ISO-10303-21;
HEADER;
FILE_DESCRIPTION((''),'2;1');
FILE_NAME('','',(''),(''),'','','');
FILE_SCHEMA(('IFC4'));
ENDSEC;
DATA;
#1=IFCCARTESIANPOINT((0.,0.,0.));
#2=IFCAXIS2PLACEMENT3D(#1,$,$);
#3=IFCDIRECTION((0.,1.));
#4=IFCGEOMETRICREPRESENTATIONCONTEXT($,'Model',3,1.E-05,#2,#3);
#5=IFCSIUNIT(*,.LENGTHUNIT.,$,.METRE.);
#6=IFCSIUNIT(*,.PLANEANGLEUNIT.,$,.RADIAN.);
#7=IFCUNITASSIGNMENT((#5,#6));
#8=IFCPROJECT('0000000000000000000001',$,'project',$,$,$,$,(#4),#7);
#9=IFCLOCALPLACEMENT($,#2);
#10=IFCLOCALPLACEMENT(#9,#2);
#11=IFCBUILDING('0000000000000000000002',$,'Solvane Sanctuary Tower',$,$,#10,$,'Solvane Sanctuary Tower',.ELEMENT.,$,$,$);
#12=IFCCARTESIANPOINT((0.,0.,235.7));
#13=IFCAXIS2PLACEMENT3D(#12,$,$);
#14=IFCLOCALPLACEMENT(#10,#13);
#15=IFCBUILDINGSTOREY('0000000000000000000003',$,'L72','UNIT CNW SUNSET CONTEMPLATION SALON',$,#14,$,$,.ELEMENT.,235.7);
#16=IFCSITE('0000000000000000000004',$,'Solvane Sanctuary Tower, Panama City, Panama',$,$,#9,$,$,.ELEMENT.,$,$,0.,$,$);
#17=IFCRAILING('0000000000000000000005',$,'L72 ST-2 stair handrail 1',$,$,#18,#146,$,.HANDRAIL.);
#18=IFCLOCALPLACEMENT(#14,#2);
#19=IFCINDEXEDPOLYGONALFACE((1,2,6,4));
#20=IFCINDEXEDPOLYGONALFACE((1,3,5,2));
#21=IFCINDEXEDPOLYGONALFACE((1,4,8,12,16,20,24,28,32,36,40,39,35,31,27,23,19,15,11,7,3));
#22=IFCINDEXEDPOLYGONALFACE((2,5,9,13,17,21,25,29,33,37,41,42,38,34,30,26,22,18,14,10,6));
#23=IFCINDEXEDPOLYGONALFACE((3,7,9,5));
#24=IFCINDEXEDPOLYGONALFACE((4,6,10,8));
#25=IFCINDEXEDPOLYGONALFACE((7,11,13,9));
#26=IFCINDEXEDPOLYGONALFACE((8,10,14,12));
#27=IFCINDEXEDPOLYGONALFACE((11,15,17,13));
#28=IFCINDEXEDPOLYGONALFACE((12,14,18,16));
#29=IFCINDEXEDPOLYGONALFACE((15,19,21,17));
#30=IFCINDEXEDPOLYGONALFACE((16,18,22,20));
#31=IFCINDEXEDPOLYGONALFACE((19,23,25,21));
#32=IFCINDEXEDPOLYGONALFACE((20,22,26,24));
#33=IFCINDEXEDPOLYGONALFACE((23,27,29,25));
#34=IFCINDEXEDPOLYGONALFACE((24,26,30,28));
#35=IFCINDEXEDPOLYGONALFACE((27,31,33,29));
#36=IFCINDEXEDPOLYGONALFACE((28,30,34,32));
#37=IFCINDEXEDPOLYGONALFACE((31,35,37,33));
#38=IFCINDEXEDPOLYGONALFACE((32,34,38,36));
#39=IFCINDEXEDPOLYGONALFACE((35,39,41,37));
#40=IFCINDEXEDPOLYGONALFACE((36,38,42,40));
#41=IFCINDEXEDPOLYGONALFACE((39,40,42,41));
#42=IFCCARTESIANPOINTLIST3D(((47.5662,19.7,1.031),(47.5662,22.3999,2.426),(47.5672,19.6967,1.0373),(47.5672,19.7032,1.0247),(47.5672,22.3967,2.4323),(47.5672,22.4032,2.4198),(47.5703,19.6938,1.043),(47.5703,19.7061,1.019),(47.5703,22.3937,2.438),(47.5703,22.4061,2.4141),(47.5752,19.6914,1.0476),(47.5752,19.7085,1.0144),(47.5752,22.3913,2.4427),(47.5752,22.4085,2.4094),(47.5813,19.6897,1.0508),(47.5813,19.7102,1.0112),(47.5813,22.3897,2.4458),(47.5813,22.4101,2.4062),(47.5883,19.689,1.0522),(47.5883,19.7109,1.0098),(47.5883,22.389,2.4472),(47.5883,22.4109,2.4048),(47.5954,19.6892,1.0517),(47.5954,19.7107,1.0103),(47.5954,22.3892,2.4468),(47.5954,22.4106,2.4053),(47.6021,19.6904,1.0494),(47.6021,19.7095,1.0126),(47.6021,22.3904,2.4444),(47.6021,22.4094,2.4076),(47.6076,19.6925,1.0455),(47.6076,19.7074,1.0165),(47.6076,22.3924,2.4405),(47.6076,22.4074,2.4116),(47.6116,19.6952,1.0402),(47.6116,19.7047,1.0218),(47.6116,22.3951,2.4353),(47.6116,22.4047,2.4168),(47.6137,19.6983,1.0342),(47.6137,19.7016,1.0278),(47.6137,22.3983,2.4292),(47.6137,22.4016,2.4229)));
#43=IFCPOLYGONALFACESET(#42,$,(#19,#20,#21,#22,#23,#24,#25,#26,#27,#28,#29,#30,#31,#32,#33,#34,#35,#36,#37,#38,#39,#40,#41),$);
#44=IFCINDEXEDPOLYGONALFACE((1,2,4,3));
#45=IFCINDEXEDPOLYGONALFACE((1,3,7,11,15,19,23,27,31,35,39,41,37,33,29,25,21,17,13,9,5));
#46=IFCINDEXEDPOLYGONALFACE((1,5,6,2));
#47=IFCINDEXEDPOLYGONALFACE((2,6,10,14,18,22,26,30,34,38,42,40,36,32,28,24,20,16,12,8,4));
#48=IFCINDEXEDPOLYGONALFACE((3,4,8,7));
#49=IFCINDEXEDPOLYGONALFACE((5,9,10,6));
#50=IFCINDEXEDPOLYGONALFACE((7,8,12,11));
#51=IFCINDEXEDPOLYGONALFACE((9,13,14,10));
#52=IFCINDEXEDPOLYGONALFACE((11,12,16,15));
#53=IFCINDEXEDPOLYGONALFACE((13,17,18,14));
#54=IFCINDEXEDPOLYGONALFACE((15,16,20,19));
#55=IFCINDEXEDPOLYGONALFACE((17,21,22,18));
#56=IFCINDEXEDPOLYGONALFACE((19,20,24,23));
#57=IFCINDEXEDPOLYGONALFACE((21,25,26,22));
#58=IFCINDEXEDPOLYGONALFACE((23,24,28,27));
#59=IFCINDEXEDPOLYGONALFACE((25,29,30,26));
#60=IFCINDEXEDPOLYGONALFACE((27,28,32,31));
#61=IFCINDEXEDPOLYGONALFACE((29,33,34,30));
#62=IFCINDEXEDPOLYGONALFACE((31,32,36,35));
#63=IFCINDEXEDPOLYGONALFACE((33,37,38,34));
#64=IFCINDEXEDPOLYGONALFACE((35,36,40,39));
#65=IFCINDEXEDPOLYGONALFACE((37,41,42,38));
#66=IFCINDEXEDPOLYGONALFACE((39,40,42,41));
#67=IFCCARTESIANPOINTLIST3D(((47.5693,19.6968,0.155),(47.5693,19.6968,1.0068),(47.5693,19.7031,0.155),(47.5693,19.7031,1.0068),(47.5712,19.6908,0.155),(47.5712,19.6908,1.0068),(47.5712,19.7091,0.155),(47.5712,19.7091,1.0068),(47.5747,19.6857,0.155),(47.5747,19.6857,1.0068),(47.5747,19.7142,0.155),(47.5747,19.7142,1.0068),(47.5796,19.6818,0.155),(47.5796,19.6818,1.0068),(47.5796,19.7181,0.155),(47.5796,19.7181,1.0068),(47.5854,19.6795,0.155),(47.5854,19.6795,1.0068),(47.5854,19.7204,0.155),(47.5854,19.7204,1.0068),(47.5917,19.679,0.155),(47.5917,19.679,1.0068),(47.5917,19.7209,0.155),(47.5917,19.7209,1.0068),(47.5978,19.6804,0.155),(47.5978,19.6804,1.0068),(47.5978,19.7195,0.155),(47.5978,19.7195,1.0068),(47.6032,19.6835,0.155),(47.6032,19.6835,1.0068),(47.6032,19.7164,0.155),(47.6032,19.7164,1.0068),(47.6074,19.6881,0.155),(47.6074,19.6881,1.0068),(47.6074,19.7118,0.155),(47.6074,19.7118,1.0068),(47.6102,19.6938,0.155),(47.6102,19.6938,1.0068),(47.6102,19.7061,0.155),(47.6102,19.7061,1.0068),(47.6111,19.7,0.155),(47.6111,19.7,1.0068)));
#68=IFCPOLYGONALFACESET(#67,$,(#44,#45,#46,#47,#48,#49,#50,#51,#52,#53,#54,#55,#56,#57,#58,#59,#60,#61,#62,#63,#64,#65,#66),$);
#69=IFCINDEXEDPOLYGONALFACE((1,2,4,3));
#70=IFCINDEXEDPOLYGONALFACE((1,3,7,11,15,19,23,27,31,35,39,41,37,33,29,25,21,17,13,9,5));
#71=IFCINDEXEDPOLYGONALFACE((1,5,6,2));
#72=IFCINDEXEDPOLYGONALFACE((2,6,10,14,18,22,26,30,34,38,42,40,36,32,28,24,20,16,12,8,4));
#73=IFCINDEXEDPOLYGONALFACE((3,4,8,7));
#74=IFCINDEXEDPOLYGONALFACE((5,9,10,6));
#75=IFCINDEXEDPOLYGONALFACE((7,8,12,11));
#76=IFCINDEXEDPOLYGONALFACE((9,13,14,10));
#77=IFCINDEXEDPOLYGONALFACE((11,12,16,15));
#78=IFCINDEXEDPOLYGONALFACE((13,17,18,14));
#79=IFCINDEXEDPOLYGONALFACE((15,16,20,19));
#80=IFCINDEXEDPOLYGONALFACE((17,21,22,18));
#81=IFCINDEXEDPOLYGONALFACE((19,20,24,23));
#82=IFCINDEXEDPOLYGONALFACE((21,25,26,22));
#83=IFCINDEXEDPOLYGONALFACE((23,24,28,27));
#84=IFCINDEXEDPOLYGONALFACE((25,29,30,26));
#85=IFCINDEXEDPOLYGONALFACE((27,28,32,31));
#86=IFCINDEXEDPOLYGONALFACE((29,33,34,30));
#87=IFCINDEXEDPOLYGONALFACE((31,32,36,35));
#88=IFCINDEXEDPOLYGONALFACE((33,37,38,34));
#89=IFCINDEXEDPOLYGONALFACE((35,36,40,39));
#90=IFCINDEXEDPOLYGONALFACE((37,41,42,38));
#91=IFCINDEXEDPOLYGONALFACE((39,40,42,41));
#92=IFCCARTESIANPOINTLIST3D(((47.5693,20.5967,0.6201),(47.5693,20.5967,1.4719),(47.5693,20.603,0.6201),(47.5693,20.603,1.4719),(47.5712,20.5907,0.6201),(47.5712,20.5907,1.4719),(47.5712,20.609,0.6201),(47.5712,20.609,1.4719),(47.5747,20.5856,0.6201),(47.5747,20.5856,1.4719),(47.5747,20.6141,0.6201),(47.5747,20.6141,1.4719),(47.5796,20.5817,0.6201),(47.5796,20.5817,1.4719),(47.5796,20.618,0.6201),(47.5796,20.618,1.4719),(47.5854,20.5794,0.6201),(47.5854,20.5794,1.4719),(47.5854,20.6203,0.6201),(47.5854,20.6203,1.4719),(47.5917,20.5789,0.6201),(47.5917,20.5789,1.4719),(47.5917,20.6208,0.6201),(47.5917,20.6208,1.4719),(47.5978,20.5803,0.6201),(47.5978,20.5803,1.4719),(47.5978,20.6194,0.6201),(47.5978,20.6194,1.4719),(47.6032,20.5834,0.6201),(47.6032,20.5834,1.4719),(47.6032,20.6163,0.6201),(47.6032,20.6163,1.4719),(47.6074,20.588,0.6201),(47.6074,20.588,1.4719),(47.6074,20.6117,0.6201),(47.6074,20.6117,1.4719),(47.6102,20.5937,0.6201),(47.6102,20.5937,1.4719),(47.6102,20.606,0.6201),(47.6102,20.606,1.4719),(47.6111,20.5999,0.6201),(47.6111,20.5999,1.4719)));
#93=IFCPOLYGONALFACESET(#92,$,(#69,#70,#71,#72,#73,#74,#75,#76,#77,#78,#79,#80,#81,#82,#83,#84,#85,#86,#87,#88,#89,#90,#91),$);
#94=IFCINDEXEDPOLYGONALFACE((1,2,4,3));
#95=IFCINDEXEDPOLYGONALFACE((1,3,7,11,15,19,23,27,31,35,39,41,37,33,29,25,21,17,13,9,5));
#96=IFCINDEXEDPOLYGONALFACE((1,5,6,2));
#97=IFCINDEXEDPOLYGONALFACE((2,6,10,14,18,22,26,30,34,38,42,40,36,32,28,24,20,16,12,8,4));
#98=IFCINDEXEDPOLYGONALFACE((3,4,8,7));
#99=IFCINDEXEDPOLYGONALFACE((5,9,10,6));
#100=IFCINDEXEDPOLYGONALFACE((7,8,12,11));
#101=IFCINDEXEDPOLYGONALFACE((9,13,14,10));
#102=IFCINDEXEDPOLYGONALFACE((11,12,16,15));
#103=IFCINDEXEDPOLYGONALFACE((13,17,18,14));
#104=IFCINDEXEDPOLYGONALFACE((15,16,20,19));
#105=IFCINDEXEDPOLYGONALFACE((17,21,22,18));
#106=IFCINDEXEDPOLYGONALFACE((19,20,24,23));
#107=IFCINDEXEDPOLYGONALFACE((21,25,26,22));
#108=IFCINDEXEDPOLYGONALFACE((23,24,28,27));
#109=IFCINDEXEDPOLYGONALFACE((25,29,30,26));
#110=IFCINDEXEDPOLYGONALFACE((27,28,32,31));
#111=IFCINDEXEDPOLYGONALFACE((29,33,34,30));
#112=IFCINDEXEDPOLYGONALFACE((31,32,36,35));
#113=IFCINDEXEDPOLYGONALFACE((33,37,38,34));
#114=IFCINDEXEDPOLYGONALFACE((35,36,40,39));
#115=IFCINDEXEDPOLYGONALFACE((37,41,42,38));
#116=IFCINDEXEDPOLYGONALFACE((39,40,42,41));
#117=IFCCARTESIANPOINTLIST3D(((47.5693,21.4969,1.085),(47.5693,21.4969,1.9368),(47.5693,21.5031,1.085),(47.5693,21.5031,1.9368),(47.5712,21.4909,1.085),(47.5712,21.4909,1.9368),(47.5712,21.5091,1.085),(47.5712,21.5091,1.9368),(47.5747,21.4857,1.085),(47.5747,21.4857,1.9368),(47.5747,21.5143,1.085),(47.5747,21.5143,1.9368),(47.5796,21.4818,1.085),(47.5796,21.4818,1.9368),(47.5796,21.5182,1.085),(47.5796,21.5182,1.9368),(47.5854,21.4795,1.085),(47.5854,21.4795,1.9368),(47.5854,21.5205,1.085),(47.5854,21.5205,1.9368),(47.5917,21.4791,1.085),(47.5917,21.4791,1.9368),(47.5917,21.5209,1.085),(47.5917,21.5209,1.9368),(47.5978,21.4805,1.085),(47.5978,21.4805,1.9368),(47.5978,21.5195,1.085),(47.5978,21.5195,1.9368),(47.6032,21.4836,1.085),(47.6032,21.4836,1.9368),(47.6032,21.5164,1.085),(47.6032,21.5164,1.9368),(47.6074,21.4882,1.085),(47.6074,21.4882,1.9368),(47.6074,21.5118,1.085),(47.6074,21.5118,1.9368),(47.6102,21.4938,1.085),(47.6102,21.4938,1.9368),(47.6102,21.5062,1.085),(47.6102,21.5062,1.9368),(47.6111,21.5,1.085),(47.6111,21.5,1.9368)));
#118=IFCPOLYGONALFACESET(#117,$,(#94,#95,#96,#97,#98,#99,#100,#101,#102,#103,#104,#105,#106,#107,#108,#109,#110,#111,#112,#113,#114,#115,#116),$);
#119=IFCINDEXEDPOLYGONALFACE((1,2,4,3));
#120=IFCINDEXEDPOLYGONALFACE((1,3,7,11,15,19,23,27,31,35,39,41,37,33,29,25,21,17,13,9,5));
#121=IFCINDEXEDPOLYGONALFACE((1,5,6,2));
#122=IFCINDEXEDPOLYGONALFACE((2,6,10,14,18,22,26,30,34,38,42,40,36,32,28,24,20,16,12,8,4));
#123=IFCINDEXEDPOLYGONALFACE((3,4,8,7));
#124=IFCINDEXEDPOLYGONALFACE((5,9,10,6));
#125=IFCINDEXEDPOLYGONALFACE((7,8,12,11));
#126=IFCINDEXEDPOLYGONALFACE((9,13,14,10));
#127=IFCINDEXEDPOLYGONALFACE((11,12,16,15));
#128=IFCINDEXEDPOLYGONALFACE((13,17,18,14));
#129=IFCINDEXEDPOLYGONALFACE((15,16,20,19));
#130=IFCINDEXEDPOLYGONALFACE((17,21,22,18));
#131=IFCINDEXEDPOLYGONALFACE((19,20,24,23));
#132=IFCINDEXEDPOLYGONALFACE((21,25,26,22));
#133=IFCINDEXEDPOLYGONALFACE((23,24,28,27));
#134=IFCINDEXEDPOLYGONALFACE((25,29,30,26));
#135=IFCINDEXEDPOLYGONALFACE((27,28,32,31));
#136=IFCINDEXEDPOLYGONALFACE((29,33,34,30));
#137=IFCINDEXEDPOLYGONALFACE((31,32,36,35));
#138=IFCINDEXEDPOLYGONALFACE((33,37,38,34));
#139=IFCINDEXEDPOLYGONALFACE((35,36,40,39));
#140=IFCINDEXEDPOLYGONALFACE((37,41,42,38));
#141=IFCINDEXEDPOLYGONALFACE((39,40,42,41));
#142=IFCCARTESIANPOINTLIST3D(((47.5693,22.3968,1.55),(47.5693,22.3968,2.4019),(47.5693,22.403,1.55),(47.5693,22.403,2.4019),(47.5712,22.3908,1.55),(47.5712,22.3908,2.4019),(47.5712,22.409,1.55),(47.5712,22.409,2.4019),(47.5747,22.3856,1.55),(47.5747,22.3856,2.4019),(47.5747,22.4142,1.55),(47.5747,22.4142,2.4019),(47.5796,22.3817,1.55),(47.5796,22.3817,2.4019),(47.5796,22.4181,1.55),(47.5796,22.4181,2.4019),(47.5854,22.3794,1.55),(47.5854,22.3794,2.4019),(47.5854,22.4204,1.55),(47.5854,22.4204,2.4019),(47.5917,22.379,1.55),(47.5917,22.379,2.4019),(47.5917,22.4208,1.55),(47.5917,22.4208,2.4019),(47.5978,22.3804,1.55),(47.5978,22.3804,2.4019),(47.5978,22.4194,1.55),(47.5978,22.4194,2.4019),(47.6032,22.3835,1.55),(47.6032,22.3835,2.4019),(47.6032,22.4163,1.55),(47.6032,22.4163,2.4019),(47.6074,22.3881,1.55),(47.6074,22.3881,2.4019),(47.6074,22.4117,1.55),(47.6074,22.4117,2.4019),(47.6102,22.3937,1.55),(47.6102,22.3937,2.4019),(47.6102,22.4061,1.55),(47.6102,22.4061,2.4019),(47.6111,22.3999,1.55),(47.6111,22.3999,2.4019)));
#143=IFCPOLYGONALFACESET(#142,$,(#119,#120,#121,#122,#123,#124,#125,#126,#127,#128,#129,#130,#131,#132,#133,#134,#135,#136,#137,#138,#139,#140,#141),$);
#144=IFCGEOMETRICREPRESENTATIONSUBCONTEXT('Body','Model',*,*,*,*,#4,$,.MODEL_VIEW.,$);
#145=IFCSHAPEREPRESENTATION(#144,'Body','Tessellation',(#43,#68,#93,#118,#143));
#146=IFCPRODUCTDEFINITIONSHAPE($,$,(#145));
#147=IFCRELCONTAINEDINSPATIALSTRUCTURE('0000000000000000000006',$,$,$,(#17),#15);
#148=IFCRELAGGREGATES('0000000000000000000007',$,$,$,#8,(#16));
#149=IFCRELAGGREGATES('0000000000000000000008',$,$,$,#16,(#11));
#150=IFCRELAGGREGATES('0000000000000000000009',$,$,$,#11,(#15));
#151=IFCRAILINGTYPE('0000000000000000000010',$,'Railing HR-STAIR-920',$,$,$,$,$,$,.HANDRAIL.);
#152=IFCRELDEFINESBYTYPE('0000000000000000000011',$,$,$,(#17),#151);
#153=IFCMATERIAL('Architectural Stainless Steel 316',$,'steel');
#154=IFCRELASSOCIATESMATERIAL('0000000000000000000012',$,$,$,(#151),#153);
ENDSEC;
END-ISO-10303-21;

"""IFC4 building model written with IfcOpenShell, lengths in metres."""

from ifc_helpers import new_model, si_unit, direction, frame, origin, origin_2d, place, context, subcontext, project, spatial, circle, extrude, material, type_object, element, save


model = new_model("IFC4")

# Units and contexts
model_context = context("Model", 3, precision=1e-05, world=origin(), true_north=direction((0.0, 1.0)))
body_context = subcontext(model_context, "Body", "Model", "MODEL_VIEW")
ifc_project = project(units=[si_unit("LENGTHUNIT", "METRE"), si_unit("PLANEANGLEUNIT", "RADIAN")], contexts=[model_context])

# Site, building, storey
site_placement = place(None, origin())
site = spatial("IfcSite", under=ifc_project, at=site_placement, Name="Solvane Sanctuary Tower, Panama City, Panama", CompositionType="ELEMENT", RefElevation=0.0)
building_placement = place(site_placement, origin())
building = spatial("IfcBuilding", under=site, at=building_placement, Name="Solvane Sanctuary Tower", LongName="Solvane Sanctuary Tower", CompositionType="ELEMENT")
storey_placement = place(building_placement, frame((0.0, 0.0, 235.7)))
storey = spatial("IfcBuildingStorey", under=building, at=storey_placement, Name="L72", Description="UNIT CNW SUNSET CONTEMPLATION SALON", CompositionType="ELEMENT", Elevation=235.7)

# Shared definitions
ifc_material_1 = material(Name="Architectural Stainless Steel 316", Category="steel")

# Railing
railing_type_1 = type_object("IfcRailingType", Name="Railing HR-STAIR-920", PredefinedType="HANDRAIL", material=ifc_material_1)
railing_1_placement = place(storey_placement, frame((47.5901, 19.7, 0.155)))
element("IfcRailing", 1, at=railing_1_placement, inside=storey, type_object=railing_type_1, Name="L72 ST-2 stair handrail 1", PredefinedType="HANDRAIL", context=body_context, shape_type="SweptSolid", body=[
    extrude(circle(Radius=0.0239, at=origin_2d()), frame((0.0, 0.0, 0.876), z_axis=(0.0, 0.88842, 0.459032), x_axis=(-1.0, 0.0, 0.0)), (0.0, 0.0, 1.0), 3.0391),
    extrude(circle(Radius=0.021, at=origin_2d()), origin(), (0.0, 0.0, 1.0), 0.8518),
    extrude(circle(Radius=0.021, at=origin_2d()), frame((0.0, 0.8999, 0.4651)), (0.0, 0.0, 1.0), 0.8518),
    extrude(circle(Radius=0.021, at=origin_2d()), frame((0.0, 1.8, 0.9299)), (0.0, 0.0, 1.0), 0.8518),
    extrude(circle(Radius=0.021, at=origin_2d()), frame((0.0, 2.7, 1.395)), (0.0, 0.0, 1.0), 0.8518),
])

save(model, "model.ifc")
